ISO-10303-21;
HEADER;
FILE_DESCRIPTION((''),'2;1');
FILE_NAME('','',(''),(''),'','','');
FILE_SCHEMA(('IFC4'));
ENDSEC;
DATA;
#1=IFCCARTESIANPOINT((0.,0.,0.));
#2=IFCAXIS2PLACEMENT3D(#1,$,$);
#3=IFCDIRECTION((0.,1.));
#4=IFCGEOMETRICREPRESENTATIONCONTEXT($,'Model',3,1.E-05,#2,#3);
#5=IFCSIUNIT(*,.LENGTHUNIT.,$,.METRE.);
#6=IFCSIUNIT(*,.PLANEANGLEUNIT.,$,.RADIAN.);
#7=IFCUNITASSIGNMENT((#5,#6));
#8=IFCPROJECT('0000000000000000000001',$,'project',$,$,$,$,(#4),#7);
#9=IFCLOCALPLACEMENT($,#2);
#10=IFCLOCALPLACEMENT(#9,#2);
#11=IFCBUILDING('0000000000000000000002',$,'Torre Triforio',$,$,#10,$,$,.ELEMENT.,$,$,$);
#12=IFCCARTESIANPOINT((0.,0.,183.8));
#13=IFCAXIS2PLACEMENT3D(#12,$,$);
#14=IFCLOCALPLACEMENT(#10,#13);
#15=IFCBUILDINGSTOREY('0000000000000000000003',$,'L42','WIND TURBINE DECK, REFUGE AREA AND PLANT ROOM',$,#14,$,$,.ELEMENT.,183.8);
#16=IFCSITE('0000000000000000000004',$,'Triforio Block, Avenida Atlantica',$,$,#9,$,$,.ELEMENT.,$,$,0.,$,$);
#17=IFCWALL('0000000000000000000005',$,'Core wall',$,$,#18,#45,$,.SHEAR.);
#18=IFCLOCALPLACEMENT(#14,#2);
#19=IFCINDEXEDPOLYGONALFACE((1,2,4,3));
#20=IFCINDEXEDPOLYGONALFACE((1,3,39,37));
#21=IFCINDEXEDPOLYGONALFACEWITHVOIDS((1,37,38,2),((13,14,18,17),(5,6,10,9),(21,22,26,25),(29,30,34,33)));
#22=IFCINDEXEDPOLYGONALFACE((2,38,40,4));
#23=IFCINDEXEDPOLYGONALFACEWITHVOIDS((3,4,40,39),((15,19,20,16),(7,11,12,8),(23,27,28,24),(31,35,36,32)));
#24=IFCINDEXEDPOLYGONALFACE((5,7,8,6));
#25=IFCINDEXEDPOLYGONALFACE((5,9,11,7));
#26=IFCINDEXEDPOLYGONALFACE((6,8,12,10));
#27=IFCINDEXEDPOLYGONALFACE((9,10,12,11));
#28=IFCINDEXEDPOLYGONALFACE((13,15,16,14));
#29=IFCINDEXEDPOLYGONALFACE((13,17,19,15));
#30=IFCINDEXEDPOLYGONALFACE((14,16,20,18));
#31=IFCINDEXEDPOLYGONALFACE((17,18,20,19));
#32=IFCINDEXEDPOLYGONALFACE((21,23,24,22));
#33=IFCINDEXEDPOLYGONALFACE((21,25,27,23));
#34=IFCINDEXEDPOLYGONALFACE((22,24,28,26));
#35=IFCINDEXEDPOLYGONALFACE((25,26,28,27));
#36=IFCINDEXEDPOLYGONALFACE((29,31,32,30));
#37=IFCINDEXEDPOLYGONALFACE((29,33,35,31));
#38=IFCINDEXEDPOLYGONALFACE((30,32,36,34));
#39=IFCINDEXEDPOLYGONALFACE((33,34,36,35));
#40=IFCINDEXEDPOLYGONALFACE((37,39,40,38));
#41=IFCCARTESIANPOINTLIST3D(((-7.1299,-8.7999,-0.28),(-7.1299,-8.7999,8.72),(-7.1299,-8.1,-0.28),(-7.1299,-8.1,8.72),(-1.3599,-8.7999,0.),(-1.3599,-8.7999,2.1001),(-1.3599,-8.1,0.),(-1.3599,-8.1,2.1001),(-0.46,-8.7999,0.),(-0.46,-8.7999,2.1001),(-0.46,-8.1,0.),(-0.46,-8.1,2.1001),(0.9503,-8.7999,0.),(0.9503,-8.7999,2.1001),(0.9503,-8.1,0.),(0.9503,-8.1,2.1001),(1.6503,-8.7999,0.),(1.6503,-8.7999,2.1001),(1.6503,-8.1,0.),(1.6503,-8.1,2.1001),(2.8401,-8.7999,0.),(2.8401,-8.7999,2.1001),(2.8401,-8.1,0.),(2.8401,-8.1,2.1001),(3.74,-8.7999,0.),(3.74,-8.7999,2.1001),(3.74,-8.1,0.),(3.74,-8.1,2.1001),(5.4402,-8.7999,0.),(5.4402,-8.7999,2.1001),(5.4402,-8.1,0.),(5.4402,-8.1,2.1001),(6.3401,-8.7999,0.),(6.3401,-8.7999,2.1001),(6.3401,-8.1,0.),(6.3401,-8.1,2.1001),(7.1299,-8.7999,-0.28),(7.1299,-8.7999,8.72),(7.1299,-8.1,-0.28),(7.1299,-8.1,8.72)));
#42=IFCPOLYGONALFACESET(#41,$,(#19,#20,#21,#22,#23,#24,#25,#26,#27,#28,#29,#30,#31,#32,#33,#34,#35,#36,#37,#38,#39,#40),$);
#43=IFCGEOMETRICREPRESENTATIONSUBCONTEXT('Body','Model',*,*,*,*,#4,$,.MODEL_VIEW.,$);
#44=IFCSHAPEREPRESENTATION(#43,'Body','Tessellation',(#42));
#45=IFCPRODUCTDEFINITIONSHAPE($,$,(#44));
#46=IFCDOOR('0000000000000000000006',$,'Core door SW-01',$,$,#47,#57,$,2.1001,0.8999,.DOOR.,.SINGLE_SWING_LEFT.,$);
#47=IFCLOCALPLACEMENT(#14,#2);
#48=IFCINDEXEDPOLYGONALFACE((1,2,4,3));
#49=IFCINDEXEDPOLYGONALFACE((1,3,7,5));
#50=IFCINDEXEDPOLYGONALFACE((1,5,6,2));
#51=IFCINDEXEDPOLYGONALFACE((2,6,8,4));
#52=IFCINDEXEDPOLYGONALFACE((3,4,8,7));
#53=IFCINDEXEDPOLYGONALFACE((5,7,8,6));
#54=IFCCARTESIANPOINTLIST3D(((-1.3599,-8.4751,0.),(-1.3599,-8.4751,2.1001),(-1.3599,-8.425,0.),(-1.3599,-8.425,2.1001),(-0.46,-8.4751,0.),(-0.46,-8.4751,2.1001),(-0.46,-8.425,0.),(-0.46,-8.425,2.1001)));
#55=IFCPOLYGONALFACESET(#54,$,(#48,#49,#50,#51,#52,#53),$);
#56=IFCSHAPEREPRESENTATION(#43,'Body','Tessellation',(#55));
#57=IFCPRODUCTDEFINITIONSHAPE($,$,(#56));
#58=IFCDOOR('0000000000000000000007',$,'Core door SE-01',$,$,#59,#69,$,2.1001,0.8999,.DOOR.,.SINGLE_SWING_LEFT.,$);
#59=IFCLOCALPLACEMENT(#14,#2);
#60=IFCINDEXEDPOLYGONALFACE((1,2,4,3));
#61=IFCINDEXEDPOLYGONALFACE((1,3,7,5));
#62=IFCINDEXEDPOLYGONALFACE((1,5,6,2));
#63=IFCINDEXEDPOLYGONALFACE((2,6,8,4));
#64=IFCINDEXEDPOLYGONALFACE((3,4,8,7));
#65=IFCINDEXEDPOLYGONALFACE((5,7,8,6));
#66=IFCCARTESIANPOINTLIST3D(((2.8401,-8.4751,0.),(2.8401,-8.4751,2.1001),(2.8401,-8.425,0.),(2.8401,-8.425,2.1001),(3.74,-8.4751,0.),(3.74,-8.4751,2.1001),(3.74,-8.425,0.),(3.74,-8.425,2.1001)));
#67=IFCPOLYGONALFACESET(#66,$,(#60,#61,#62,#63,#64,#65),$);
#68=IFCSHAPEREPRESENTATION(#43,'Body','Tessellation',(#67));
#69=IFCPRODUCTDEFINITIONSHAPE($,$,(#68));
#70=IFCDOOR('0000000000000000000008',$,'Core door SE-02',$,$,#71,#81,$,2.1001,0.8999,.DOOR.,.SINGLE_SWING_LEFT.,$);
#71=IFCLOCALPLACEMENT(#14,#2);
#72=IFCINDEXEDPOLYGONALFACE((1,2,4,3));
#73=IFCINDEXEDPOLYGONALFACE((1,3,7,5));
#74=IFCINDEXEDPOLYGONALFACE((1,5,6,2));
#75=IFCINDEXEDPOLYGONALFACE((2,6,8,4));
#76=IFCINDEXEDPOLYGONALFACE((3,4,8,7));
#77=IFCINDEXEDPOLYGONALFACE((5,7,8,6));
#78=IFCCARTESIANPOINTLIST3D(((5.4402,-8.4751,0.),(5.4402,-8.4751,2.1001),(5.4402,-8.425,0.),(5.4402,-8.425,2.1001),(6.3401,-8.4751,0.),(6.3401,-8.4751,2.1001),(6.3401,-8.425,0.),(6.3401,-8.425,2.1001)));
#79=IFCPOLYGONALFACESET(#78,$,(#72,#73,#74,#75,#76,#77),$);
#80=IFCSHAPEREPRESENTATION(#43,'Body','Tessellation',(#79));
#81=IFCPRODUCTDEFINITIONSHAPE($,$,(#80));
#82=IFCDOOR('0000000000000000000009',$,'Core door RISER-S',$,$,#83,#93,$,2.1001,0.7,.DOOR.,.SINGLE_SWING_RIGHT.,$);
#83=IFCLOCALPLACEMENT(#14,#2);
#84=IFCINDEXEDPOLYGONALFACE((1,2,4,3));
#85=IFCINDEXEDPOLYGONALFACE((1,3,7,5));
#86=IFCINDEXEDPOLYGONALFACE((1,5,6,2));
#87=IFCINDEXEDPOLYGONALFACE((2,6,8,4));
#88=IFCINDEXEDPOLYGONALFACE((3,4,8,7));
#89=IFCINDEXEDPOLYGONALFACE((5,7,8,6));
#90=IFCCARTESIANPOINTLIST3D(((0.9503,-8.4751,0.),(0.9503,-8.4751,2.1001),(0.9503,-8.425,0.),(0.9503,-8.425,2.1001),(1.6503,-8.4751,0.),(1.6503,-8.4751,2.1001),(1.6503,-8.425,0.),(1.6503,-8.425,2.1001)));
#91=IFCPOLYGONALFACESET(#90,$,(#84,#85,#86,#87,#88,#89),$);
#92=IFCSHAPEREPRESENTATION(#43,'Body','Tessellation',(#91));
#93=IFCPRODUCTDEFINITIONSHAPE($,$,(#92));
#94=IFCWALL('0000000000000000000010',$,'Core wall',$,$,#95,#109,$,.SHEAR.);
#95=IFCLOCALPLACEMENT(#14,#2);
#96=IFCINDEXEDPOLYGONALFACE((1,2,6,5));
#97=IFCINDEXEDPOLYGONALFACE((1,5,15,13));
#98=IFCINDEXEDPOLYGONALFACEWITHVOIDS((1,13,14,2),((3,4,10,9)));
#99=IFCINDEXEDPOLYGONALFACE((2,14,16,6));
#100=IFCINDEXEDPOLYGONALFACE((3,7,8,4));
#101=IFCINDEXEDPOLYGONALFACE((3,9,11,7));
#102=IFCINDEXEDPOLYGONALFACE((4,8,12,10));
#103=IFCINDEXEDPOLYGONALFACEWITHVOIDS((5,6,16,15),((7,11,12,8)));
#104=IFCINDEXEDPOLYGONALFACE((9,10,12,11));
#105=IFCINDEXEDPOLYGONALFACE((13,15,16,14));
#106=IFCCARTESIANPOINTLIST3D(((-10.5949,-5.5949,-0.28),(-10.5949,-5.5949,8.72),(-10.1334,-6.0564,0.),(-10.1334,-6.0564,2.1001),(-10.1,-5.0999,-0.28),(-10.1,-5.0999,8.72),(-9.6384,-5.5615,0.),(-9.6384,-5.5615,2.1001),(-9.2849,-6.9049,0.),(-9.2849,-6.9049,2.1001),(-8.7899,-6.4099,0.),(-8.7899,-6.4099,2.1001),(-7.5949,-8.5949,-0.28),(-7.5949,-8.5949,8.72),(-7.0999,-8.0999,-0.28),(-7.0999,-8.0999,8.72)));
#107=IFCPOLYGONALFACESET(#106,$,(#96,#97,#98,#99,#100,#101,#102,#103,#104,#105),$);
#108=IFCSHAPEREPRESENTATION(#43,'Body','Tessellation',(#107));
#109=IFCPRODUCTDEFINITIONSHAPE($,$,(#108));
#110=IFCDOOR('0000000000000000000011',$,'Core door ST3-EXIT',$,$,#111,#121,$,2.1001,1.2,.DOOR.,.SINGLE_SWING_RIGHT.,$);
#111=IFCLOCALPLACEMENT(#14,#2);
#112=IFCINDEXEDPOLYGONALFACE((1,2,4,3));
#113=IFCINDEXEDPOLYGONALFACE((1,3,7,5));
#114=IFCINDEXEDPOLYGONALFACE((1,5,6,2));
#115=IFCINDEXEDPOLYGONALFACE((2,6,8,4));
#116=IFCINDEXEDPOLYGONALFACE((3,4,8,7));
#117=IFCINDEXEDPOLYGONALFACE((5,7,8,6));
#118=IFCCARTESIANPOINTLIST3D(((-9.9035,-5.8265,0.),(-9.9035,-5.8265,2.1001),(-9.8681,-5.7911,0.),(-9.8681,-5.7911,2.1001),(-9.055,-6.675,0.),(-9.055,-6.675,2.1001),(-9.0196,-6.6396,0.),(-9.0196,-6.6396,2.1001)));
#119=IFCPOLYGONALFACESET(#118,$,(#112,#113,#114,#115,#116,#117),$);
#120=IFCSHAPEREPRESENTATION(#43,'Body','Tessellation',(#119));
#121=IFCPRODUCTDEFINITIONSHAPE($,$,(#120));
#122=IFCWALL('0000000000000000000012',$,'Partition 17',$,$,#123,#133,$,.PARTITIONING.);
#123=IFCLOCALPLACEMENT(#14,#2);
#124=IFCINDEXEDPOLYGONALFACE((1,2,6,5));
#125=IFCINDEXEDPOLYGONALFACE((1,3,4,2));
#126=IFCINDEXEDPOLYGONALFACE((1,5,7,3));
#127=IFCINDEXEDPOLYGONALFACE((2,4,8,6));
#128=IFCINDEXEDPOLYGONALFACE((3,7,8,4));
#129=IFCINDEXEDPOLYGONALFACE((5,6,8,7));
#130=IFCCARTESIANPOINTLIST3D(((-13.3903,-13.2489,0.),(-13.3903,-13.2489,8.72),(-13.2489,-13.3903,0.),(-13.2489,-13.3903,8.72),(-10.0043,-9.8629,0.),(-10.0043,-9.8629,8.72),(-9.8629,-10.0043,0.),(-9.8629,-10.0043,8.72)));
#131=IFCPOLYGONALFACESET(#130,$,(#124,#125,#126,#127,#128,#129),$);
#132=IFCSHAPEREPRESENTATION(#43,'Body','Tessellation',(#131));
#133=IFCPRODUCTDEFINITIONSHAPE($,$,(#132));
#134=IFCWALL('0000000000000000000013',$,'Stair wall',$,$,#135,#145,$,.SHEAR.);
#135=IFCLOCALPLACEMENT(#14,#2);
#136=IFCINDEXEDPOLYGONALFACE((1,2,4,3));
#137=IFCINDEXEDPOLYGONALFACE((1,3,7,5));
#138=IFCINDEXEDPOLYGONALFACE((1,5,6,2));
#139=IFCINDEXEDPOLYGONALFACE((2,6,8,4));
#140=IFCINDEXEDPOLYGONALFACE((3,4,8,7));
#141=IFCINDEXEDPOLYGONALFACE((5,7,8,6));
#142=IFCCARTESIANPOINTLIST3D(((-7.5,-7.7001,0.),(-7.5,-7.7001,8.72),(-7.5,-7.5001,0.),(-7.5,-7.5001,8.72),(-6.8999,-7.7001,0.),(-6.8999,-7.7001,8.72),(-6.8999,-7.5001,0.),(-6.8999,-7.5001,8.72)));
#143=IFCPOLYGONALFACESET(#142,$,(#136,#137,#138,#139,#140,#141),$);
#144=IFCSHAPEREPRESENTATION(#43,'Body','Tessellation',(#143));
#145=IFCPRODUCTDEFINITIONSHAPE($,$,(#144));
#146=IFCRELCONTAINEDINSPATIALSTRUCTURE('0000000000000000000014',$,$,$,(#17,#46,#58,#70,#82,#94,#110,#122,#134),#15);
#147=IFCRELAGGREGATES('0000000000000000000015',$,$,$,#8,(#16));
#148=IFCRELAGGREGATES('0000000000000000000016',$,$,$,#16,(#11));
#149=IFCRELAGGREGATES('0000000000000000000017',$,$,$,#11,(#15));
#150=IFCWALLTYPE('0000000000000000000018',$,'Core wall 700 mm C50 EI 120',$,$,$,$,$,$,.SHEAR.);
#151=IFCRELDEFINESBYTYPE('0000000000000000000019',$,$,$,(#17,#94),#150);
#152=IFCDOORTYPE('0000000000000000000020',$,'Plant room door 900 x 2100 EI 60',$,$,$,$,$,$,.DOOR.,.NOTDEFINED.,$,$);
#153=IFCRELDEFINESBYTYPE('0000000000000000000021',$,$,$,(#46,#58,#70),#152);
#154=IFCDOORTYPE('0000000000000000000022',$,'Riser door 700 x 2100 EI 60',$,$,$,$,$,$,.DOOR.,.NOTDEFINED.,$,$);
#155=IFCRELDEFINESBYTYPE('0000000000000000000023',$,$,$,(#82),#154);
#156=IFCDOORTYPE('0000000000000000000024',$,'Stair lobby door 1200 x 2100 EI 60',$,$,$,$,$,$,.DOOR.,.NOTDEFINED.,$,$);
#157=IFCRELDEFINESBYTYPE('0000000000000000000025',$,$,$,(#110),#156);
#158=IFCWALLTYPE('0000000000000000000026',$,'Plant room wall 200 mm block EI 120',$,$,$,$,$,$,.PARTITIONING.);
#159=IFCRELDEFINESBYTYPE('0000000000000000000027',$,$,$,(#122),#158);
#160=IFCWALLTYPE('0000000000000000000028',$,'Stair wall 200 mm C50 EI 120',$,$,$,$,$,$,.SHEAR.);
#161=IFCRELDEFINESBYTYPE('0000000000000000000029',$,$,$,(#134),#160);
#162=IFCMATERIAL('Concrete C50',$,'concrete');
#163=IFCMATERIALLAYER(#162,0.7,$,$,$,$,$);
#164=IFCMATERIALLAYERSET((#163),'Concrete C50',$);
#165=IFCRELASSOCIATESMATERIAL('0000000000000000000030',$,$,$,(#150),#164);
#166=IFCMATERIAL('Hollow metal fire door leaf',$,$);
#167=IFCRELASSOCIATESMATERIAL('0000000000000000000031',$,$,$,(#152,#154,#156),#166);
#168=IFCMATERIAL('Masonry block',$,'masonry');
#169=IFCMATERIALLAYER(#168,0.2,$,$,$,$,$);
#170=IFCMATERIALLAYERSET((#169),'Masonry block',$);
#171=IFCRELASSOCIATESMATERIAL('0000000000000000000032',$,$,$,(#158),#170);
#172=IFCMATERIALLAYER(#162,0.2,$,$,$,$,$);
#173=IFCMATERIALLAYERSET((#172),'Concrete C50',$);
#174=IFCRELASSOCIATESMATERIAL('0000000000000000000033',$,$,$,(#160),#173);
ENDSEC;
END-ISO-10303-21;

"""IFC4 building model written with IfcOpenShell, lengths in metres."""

from ifc_helpers import new_model, si_unit, direction, frame, frame_2d, origin, place, context, subcontext, project, spatial, rectangle, extrude, material, layer, layer_set, type_object, element, fill, save


model = new_model("IFC4")

# Units and contexts
model_context = context("Model", 3, precision=1e-05, world=origin(), true_north=direction((0.0, 1.0)))
body_context = subcontext(model_context, "Body", "Model", "MODEL_VIEW")
ifc_project = project(units=[si_unit("LENGTHUNIT", "METRE"), si_unit("PLANEANGLEUNIT", "RADIAN")], contexts=[model_context])

# Site, building, storey
site_placement = place(None, origin())
site = spatial("IfcSite", under=ifc_project, at=site_placement, Name="Triforio Block, Avenida Atlantica", CompositionType="ELEMENT", RefElevation=0.0)
building_placement = place(site_placement, origin())
building = spatial("IfcBuilding", under=site, at=building_placement, Name="Torre Triforio", CompositionType="ELEMENT")
storey_placement = place(building_placement, frame((0.0, 0.0, 183.8)))
storey = spatial("IfcBuildingStorey", under=building, at=storey_placement, Name="L42", Description="WIND TURBINE DECK, REFUGE AREA AND PLANT ROOM", CompositionType="ELEMENT", Elevation=183.8)

# Shared definitions
ifc_material_1 = material(Name="Concrete C50", Category="concrete")

# Wall, openings, doors
ifc_layer_1 = layer(ifc_material_1, 0.7)
ifc_layer_set_1 = layer_set([ifc_layer_1], Name="Concrete C50")
wall_type_1 = type_object("IfcWallType", Name="Core wall 700 mm C50 EI 120", PredefinedType="SHEAR", material=ifc_layer_set_1)
wall_1_placement = place(storey_placement, frame((-7.1299, -8.45, -0.28), z_axis=(0.0, 0.0, 1.0), x_axis=(1.0, 0.0, 0.0)))
wall_1 = element("IfcWall", 1, at=wall_1_placement, inside=storey, type_object=wall_type_1, Name="Core wall", PredefinedType="SHEAR", context=body_context, shape_type="SweptSolid", body=[
    extrude(rectangle(XDim=14.2598, YDim=0.7, at=frame_2d((7.1299, 0.0))), origin(), (0.0, 0.0, 1.0), 9.0),
])
opening_1_placement = place(wall_1_placement, frame((8.0801, 0.0, 0.28)))
opening_1 = element("IfcOpeningElement", 2, at=opening_1_placement, cuts=wall_1, PredefinedType="OPENING", context=body_context, shape_type="SweptSolid", body=[
    extrude(rectangle(XDim=0.7, YDim=2.1001, at=frame_2d((0.3501, 1.05))), frame((0.0, 0.3599, 0.0), z_axis=(0.0, -1.0, 0.0), x_axis=(1.0, 0.0, 0.0)), (0.0, 0.0, 1.0), 0.72),
])
opening_2_placement = place(wall_1_placement, frame((5.77, 0.0, 0.28)))
opening_2 = element("IfcOpeningElement", 3, at=opening_2_placement, cuts=wall_1, PredefinedType="OPENING", context=body_context, shape_type="SweptSolid", body=[
    extrude(rectangle(XDim=0.8999, YDim=2.1001, at=frame_2d((0.45, 1.05))), frame((0.0, 0.3599, 0.0), z_axis=(0.0, -1.0, 0.0), x_axis=(1.0, 0.0, 0.0)), (0.0, 0.0, 1.0), 0.72),
])
opening_3_placement = place(wall_1_placement, frame((9.97, 0.0, 0.28)))
opening_3 = element("IfcOpeningElement", 4, at=opening_3_placement, cuts=wall_1, PredefinedType="OPENING", context=body_context, shape_type="SweptSolid", body=[
    extrude(rectangle(XDim=0.8999, YDim=2.1001, at=frame_2d((0.45, 1.05))), frame((0.0, 0.3599, 0.0), z_axis=(0.0, -1.0, 0.0), x_axis=(1.0, 0.0, 0.0)), (0.0, 0.0, 1.0), 0.72),
])
opening_4_placement = place(wall_1_placement, frame((12.5701, 0.0, 0.28)))
opening_4 = element("IfcOpeningElement", 5, at=opening_4_placement, cuts=wall_1, PredefinedType="OPENING", context=body_context, shape_type="SweptSolid", body=[
    extrude(rectangle(XDim=0.8999, YDim=2.1001, at=frame_2d((0.45, 1.05))), frame((0.0, 0.3599, 0.0), z_axis=(0.0, -1.0, 0.0), x_axis=(1.0, 0.0, 0.0)), (0.0, 0.0, 1.0), 0.72),
])
ifc_material_2 = material(Name="Hollow metal fire door leaf")
door_type_1 = type_object("IfcDoorType", Name="Plant room door 900 x 2100 EI 60", OperationType="NOTDEFINED", PredefinedType="DOOR", material=ifc_material_2)
door_1_placement = place(opening_2_placement, origin())
door_1 = element("IfcDoor", 6, at=door_1_placement, inside=storey, type_object=door_type_1, Name="Core door SW-01", OperationType="SINGLE_SWING_LEFT", OverallHeight=2.1001, OverallWidth=0.8999, PredefinedType="DOOR", context=body_context, shape_type="SweptSolid", body=[
    extrude(rectangle(XDim=0.8999, YDim=2.1001, at=frame_2d((0.45, 1.05))), frame((0.0, 0.0249, 0.0), z_axis=(0.0, -1.0, 0.0), x_axis=(1.0, 0.0, 0.0)), (0.0, 0.0, 1.0), 0.05),
])
fill(opening_2, door_1)
door_2_placement = place(opening_3_placement, origin())
door_2 = element("IfcDoor", 7, at=door_2_placement, inside=storey, type_object=door_type_1, Name="Core door SE-01", OperationType="SINGLE_SWING_LEFT", OverallHeight=2.1001, OverallWidth=0.8999, PredefinedType="DOOR", context=body_context, shape_type="SweptSolid", body=[
    extrude(rectangle(XDim=0.8999, YDim=2.1001, at=frame_2d((0.45, 1.05))), frame((0.0, 0.0249, 0.0), z_axis=(0.0, -1.0, 0.0), x_axis=(1.0, 0.0, 0.0)), (0.0, 0.0, 1.0), 0.05),
])
fill(opening_3, door_2)
door_3_placement = place(opening_4_placement, origin())
door_3 = element("IfcDoor", 8, at=door_3_placement, inside=storey, type_object=door_type_1, Name="Core door SE-02", OperationType="SINGLE_SWING_LEFT", OverallHeight=2.1001, OverallWidth=0.8999, PredefinedType="DOOR", context=body_context, shape_type="SweptSolid", body=[
    extrude(rectangle(XDim=0.8999, YDim=2.1001, at=frame_2d((0.45, 1.05))), frame((0.0, 0.0249, 0.0), z_axis=(0.0, -1.0, 0.0), x_axis=(1.0, 0.0, 0.0)), (0.0, 0.0, 1.0), 0.05),
])
fill(opening_4, door_3)
door_type_2 = type_object("IfcDoorType", Name="Riser door 700 x 2100 EI 60", OperationType="NOTDEFINED", PredefinedType="DOOR", material=ifc_material_2)
door_4_placement = place(opening_1_placement, origin())
door_4 = element("IfcDoor", 9, at=door_4_placement, inside=storey, type_object=door_type_2, Name="Core door RISER-S", OperationType="SINGLE_SWING_RIGHT", OverallHeight=2.1001, OverallWidth=0.7, PredefinedType="DOOR", context=body_context, shape_type="SweptSolid", body=[
    extrude(rectangle(XDim=0.7, YDim=2.1001, at=frame_2d((0.3501, 1.05))), frame((0.0, 0.0249, 0.0), z_axis=(0.0, -1.0, 0.0), x_axis=(1.0, 0.0, 0.0)), (0.0, 0.0, 1.0), 0.05),
])
fill(opening_1, door_4)

# Wall, opening, door
wall_2_placement = place(storey_placement, frame((-7.3474, -8.3474, -0.28), z_axis=(0.0, 0.0, 1.0), x_axis=(-0.707107, 0.707107, 0.0)))
wall_2 = element("IfcWall", 10, at=wall_2_placement, inside=storey, type_object=wall_type_1, Name="Core wall", PredefinedType="SHEAR", context=body_context, shape_type="SweptSolid", body=[
    extrude(rectangle(XDim=4.2427, YDim=0.7, at=frame_2d((2.1213, 0.0))), origin(), (0.0, 0.0, 1.0), 9.0),
])
opening_5_placement = place(wall_2_placement, frame((2.3899, 0.0, 0.28)))
opening_5 = element("IfcOpeningElement", 11, at=opening_5_placement, cuts=wall_2, PredefinedType="OPENING", context=body_context, shape_type="SweptSolid", body=[
    extrude(rectangle(XDim=1.2, YDim=2.1001, at=frame_2d((0.6001, 1.05))), frame((0.0, 0.3599, 0.0), z_axis=(0.0, -1.0, 0.0), x_axis=(1.0, 0.0, 0.0)), (0.0, 0.0, 1.0), 0.72),
])
door_type_3 = type_object("IfcDoorType", Name="Stair lobby door 1200 x 2100 EI 60", OperationType="NOTDEFINED", PredefinedType="DOOR", material=ifc_material_2)
door_5_placement = place(opening_5_placement, origin())
door_5 = element("IfcDoor", 12, at=door_5_placement, inside=storey, type_object=door_type_3, Name="Core door ST3-EXIT", OperationType="SINGLE_SWING_RIGHT", OverallHeight=2.1001, OverallWidth=1.2, PredefinedType="DOOR", context=body_context, shape_type="SweptSolid", body=[
    extrude(rectangle(XDim=1.2, YDim=2.1001, at=frame_2d((0.6001, 1.05))), frame((0.0, 0.0249, 0.0), z_axis=(0.0, -1.0, 0.0), x_axis=(1.0, 0.0, 0.0)), (0.0, 0.0, 1.0), 0.05),
])
fill(opening_5, door_5)

# Walls
ifc_material_3 = material(Name="Masonry block", Category="masonry")
ifc_layer_2 = layer(ifc_material_3, 0.2)
ifc_layer_set_2 = layer_set([ifc_layer_2], Name="Masonry block")
wall_type_2 = type_object("IfcWallType", Name="Plant room wall 200 mm block EI 120", PredefinedType="PARTITIONING", material=ifc_layer_set_2)
wall_3_placement = place(storey_placement, frame((-9.9336, -9.9336, 0.0), z_axis=(0.0, 0.0, 1.0), x_axis=(-0.707107, -0.707107, 0.0)))
element("IfcWall", 13, at=wall_3_placement, inside=storey, type_object=wall_type_2, Name="Partition 17", PredefinedType="PARTITIONING", context=body_context, shape_type="SweptSolid", body=[
    extrude(rectangle(XDim=4.7886, YDim=0.2, at=frame_2d((2.3943, 0.0))), origin(), (0.0, 0.0, 1.0), 8.72),
])
ifc_layer_3 = layer(ifc_material_1, 0.2)
ifc_layer_set_3 = layer_set([ifc_layer_3], Name="Concrete C50")
wall_type_3 = type_object("IfcWallType", Name="Stair wall 200 mm C50 EI 120", PredefinedType="SHEAR", material=ifc_layer_set_3)
wall_4_placement = place(storey_placement, frame((-7.5, -7.6001, 0.0), z_axis=(0.0, 0.0, 1.0), x_axis=(1.0, 0.0, 0.0)))
element("IfcWall", 14, at=wall_4_placement, inside=storey, type_object=wall_type_3, Name="Stair wall", PredefinedType="SHEAR", context=body_context, shape_type="SweptSolid", body=[
    extrude(rectangle(XDim=0.6001, YDim=0.2, at=frame_2d((0.3, 0.0))), origin(), (0.0, 0.0, 1.0), 8.72),
])

save(model, "model.ifc")
